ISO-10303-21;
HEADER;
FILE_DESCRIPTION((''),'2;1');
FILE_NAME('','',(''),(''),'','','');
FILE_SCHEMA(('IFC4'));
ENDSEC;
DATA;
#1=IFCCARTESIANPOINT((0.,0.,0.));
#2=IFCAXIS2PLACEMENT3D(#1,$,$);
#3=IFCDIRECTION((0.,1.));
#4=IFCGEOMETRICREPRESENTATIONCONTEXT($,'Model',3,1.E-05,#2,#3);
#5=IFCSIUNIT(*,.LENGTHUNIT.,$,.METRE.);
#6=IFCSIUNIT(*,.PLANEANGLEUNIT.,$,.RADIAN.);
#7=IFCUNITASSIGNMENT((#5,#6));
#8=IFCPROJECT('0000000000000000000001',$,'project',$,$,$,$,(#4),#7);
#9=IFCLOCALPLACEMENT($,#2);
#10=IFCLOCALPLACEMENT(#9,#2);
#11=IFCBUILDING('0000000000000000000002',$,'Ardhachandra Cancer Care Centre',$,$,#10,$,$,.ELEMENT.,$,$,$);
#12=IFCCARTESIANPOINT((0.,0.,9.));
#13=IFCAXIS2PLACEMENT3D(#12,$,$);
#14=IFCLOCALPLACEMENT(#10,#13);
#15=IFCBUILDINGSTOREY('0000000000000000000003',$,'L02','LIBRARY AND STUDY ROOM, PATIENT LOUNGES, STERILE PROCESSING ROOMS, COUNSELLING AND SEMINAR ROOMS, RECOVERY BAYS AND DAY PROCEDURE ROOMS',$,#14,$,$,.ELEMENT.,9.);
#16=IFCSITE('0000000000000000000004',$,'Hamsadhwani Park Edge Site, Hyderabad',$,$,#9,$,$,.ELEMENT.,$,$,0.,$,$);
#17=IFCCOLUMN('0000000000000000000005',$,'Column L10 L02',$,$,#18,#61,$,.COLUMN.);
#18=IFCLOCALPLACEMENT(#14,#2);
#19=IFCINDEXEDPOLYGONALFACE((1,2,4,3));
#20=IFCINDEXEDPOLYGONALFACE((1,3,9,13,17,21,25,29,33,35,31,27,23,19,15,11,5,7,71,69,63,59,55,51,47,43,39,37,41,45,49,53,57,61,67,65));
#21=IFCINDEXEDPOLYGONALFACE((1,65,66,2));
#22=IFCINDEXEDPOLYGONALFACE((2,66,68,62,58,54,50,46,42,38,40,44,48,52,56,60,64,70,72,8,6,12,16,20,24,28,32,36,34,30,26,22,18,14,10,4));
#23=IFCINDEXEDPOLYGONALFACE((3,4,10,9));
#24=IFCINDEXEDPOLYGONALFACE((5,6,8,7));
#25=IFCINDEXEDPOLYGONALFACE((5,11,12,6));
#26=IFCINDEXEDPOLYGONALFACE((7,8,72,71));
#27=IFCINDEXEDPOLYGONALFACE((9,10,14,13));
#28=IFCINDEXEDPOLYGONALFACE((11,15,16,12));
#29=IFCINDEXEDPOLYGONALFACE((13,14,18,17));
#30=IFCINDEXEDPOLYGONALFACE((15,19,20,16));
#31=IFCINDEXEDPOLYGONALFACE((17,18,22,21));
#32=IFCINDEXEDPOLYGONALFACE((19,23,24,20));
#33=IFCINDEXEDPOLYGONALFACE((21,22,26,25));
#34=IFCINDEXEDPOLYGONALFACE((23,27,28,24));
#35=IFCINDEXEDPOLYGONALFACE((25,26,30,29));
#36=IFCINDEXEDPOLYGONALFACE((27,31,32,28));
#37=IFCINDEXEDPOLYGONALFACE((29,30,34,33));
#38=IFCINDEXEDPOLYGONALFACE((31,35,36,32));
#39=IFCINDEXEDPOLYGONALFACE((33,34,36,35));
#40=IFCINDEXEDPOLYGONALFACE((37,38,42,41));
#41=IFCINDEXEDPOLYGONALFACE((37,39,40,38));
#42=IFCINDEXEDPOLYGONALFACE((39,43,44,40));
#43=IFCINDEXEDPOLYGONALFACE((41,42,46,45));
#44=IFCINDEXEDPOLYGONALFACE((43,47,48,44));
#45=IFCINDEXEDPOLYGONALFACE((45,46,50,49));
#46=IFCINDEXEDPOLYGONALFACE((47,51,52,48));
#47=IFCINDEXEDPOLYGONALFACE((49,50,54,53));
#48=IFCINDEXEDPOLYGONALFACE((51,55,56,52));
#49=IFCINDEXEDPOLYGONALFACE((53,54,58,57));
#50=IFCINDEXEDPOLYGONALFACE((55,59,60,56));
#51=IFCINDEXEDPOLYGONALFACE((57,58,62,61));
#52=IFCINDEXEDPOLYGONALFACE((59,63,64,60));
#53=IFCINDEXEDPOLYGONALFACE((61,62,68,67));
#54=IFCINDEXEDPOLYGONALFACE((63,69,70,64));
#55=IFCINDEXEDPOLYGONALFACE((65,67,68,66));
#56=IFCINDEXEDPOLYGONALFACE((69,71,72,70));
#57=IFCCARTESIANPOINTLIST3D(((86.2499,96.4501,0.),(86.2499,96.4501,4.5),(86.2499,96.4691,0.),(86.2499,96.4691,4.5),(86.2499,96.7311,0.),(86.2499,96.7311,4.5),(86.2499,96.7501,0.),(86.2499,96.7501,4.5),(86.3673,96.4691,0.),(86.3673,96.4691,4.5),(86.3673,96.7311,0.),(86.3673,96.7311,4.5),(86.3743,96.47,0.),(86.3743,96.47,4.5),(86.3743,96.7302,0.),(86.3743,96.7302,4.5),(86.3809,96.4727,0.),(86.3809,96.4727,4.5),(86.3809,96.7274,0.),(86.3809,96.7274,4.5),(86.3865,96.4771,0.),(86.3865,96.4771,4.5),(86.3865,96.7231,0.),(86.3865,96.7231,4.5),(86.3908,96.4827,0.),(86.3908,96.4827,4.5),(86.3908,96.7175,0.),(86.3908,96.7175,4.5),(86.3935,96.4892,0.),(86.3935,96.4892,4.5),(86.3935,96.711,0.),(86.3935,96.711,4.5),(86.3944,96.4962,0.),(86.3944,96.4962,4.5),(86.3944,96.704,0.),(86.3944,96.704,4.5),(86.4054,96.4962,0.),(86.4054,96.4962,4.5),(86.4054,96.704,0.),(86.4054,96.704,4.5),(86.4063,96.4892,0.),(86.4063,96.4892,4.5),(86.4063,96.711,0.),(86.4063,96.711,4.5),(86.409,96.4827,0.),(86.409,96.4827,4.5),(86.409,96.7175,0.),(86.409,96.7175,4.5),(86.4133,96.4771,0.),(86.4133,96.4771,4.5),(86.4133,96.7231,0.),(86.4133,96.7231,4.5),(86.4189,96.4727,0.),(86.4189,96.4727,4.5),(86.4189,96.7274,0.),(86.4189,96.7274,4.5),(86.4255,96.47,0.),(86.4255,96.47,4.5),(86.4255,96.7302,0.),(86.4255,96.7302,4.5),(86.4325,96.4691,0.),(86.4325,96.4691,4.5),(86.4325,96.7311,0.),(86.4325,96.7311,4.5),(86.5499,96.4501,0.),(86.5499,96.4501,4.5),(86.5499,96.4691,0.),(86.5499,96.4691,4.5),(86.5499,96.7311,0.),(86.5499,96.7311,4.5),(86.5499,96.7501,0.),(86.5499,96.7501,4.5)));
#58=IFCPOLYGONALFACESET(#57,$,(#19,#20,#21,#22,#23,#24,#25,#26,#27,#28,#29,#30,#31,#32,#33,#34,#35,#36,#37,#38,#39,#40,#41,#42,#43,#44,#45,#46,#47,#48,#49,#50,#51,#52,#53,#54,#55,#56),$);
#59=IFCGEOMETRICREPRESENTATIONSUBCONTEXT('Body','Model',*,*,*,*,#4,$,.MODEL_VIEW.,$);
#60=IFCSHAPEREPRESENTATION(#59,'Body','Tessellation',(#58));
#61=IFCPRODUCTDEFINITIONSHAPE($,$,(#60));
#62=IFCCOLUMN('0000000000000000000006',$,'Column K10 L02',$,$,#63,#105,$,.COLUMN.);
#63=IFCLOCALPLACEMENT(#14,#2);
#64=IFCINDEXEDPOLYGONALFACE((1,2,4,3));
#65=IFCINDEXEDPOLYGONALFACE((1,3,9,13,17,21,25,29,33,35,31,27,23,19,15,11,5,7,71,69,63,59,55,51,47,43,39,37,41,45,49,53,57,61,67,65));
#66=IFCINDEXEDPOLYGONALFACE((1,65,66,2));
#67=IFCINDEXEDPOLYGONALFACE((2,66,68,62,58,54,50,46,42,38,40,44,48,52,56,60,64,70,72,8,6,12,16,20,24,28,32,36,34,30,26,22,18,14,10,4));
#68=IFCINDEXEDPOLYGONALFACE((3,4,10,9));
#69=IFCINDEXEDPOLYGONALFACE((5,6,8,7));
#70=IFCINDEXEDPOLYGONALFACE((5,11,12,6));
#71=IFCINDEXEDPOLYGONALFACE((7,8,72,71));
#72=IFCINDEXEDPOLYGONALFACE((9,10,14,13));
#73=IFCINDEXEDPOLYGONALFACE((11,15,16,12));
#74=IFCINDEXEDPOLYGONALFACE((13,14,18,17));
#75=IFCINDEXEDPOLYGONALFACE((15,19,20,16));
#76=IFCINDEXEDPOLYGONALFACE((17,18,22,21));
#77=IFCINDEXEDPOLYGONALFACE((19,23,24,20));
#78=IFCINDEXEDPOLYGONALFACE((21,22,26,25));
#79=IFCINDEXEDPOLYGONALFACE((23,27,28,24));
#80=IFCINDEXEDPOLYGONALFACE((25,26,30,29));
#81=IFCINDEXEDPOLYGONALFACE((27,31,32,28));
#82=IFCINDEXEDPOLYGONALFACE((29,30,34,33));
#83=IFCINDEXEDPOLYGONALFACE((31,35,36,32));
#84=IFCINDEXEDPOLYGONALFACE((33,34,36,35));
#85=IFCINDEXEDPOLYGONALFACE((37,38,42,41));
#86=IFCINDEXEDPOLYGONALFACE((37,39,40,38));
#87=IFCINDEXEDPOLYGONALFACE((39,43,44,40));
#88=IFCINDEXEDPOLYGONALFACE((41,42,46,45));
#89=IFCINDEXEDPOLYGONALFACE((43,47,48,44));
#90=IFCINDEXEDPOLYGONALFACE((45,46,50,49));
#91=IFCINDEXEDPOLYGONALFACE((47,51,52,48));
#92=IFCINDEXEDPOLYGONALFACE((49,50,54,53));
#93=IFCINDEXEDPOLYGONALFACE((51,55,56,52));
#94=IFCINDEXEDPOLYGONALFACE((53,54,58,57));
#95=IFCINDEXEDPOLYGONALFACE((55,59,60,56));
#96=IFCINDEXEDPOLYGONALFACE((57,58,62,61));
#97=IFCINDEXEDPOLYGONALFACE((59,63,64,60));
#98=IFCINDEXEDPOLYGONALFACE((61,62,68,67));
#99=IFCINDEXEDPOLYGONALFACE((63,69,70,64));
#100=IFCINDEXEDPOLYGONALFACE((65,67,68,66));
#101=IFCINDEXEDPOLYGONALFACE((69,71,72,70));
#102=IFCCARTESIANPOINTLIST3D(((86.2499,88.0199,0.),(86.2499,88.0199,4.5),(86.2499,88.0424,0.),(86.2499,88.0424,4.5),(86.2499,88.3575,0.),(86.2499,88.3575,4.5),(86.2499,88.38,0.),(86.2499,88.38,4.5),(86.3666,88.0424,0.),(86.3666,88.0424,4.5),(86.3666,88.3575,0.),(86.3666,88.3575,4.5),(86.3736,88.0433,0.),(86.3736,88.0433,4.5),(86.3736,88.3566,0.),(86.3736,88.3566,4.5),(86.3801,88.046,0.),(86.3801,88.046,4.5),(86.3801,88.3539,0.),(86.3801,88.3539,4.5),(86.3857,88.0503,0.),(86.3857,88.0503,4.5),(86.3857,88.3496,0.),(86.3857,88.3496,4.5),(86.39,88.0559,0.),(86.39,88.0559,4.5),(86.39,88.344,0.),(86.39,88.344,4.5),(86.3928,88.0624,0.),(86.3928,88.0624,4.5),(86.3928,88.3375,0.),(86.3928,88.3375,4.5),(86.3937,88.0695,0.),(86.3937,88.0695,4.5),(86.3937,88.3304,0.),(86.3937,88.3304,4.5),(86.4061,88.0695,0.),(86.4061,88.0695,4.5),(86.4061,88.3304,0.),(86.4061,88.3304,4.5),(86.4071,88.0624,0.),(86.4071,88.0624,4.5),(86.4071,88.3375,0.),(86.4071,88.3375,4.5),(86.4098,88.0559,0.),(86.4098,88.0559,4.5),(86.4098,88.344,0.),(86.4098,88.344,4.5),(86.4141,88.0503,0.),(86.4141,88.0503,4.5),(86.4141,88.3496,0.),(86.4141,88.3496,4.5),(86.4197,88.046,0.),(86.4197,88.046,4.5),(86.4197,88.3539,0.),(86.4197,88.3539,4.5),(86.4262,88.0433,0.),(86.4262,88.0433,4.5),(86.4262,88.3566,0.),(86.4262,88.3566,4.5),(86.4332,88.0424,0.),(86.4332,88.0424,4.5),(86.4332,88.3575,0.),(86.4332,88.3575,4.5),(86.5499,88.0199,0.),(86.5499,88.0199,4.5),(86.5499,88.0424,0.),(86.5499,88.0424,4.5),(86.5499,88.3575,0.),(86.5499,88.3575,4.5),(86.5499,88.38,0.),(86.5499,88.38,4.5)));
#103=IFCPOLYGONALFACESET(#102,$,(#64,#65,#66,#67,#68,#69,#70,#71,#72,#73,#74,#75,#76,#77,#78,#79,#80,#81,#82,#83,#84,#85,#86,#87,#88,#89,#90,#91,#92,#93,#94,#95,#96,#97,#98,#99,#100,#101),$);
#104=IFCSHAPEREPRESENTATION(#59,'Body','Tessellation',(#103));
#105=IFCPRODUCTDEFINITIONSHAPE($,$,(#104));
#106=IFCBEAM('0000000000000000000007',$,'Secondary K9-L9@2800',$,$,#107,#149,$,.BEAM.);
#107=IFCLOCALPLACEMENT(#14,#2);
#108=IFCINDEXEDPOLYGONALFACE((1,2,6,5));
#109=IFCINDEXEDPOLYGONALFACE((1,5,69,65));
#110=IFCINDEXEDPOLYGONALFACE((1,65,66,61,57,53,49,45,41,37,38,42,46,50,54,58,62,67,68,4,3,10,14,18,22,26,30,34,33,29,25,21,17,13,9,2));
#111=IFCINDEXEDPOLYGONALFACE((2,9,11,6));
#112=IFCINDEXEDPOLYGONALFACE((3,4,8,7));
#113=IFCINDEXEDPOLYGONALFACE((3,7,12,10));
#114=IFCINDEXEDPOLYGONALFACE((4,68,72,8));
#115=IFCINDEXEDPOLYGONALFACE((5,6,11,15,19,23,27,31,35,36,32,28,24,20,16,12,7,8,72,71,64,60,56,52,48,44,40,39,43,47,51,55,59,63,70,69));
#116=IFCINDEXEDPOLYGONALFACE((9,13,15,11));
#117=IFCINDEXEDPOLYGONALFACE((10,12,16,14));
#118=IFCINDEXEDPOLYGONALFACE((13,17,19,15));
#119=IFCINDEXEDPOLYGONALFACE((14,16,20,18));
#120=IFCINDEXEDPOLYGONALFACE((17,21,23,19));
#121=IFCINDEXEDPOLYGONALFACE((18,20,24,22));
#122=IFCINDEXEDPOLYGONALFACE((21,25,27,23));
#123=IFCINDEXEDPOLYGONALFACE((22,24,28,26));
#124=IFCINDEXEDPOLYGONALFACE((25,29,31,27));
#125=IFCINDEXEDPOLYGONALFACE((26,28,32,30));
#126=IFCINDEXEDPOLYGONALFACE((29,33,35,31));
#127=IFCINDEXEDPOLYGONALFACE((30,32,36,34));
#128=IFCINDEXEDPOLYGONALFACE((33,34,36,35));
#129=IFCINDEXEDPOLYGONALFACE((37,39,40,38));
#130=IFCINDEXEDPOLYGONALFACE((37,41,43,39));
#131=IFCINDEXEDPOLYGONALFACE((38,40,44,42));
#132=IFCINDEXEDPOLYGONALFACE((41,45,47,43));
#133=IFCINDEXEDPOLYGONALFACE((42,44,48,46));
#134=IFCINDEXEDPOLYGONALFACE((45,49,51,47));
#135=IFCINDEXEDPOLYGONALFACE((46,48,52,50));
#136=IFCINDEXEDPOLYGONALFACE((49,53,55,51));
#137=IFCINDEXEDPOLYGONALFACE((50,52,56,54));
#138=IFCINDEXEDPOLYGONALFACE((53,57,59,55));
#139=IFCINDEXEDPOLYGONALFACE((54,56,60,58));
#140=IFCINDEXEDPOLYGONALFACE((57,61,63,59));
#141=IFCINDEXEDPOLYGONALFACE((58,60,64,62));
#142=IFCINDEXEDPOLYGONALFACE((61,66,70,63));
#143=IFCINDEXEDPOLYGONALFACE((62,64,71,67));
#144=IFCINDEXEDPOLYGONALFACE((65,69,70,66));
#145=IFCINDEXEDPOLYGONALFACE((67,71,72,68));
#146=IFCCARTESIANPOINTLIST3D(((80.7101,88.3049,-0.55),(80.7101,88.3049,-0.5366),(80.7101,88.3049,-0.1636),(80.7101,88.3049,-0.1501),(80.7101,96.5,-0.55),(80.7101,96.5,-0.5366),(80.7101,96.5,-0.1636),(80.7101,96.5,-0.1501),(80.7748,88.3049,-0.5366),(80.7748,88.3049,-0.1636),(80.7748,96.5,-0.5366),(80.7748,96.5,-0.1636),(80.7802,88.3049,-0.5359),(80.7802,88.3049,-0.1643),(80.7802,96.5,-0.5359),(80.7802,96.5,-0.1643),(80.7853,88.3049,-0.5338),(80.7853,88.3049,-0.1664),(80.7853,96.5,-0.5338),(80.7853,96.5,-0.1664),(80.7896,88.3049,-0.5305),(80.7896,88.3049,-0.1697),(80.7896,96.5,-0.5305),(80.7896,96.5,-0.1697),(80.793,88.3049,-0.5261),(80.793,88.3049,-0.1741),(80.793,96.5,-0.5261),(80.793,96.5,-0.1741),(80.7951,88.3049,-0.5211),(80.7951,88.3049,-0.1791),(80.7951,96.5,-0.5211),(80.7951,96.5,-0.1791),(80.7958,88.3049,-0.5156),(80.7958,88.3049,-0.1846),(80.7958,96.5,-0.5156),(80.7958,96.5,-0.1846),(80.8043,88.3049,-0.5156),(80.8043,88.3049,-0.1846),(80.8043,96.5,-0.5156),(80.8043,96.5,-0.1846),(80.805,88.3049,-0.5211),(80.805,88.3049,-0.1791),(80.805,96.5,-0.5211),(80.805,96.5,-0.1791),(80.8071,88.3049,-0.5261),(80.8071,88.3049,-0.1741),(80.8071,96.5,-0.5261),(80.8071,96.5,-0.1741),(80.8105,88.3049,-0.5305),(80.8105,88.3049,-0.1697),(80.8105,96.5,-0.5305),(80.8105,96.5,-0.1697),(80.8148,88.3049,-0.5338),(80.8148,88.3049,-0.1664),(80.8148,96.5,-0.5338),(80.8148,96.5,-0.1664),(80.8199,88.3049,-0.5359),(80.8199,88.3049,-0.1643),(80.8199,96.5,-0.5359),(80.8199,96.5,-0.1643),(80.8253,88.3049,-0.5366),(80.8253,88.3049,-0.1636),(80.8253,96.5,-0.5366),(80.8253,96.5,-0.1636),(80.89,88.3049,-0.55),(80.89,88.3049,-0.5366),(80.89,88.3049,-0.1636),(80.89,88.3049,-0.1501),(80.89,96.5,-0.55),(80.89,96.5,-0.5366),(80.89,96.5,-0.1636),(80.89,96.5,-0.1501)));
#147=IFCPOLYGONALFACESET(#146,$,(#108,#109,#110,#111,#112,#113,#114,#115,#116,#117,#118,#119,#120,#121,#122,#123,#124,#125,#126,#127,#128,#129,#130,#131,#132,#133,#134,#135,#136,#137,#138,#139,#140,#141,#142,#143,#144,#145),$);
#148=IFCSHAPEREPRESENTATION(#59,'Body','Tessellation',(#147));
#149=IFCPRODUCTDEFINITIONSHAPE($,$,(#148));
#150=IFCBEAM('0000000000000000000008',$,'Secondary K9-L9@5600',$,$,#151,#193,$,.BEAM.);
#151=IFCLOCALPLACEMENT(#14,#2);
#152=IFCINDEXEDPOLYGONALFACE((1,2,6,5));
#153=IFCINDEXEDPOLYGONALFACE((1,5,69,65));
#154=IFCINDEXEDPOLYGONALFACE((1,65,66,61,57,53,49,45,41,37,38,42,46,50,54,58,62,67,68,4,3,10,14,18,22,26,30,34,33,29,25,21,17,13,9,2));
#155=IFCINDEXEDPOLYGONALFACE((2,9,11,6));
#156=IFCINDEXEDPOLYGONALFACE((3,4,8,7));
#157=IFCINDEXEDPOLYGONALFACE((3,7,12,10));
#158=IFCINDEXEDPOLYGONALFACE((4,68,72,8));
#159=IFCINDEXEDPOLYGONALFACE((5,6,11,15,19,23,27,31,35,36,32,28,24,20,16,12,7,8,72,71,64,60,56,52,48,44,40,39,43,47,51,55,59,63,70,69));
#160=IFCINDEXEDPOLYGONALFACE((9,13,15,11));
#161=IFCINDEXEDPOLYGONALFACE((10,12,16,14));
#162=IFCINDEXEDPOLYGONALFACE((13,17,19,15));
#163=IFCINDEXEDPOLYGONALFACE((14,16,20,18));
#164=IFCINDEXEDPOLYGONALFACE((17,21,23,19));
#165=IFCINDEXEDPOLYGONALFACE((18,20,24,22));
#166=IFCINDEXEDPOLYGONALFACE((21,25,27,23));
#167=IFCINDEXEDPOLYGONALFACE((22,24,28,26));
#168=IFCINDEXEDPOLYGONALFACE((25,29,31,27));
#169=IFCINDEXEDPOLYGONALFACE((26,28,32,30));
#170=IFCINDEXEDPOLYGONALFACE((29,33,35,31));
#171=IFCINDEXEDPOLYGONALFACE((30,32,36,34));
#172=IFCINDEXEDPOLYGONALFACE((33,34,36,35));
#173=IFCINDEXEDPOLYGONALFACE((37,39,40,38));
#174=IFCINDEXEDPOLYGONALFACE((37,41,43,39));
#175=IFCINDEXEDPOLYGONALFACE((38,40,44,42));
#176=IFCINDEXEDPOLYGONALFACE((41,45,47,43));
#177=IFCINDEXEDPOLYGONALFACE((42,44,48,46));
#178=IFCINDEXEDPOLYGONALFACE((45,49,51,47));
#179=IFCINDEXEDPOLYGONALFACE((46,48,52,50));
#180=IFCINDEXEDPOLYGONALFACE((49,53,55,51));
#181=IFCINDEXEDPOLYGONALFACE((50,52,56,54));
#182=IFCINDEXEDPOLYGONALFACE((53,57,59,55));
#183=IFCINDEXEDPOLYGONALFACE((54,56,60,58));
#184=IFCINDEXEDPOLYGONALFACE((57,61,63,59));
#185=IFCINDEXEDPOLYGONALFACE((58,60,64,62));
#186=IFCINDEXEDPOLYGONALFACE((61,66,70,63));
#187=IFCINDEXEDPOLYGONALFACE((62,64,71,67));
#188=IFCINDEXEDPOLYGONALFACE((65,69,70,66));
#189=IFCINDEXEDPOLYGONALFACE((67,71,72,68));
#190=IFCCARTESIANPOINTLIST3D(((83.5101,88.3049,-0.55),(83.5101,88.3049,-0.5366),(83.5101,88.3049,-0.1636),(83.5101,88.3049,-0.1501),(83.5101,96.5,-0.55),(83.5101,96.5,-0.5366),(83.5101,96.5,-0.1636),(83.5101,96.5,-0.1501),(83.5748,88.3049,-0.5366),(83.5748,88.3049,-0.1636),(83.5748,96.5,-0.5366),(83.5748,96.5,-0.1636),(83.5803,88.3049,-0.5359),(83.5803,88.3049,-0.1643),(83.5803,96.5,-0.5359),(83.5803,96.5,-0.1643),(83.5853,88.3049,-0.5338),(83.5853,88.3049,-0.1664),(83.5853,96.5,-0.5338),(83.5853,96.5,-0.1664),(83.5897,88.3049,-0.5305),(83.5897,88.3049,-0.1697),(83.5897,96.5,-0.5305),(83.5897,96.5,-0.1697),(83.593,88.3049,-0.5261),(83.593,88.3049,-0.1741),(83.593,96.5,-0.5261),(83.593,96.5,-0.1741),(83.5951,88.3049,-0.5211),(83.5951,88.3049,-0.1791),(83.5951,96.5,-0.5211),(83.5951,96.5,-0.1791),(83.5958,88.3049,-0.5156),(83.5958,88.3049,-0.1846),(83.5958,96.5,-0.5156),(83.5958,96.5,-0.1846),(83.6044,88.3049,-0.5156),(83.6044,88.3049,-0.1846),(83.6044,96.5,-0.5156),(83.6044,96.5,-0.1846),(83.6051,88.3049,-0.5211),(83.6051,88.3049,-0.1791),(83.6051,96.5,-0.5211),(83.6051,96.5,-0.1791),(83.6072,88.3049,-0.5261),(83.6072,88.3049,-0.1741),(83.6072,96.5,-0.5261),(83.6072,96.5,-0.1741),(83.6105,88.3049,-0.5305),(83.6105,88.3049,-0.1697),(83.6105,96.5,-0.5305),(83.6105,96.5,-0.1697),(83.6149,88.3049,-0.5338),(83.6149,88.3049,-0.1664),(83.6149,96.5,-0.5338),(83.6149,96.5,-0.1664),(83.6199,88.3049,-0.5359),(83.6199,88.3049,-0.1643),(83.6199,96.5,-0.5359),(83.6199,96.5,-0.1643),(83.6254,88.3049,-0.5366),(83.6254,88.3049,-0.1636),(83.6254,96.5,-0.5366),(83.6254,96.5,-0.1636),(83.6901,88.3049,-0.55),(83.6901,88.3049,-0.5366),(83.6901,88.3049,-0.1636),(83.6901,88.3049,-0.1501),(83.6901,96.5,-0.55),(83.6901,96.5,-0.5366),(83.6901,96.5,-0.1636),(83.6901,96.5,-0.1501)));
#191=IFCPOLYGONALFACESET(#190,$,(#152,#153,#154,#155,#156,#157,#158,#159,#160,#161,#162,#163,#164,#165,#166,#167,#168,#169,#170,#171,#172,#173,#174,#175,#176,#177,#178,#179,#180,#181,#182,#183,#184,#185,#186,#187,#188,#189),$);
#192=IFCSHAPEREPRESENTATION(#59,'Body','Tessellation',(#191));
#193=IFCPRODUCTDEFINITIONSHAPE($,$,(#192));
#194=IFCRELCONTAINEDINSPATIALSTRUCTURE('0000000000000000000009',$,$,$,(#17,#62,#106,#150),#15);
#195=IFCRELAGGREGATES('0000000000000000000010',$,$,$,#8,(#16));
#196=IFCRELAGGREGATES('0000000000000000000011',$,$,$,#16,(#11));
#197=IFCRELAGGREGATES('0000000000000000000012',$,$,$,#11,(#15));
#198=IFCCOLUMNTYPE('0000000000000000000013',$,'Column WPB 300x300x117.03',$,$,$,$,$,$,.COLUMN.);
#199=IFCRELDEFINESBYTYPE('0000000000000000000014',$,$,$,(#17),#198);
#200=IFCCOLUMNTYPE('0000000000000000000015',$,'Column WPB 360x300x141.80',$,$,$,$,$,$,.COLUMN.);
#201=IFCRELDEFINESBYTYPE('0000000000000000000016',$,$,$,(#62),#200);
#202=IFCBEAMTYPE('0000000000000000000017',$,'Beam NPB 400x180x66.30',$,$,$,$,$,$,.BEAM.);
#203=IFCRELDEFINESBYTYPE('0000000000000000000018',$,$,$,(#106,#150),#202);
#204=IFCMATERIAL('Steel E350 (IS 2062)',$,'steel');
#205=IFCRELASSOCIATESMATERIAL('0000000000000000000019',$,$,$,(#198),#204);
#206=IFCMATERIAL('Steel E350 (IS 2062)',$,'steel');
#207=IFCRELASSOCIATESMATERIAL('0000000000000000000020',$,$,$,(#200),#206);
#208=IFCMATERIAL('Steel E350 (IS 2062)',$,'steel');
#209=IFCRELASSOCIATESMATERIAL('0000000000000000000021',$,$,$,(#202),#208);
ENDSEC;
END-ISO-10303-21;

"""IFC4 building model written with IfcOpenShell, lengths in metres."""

from ifc_helpers import new_model, si_unit, direction, frame, origin, origin_2d, place, context, subcontext, project, spatial, i_section, extrude, material, material_profile, profile_set, type_object, element, save


model = new_model("IFC4")

# Units and contexts
model_context = context("Model", 3, precision=1e-05, world=origin(), true_north=direction((0.0, 1.0)))
body_context = subcontext(model_context, "Body", "Model", "MODEL_VIEW")
ifc_project = project(units=[si_unit("LENGTHUNIT", "METRE"), si_unit("PLANEANGLEUNIT", "RADIAN")], contexts=[model_context])

# Site, building, storey
site_placement = place(None, origin())
site = spatial("IfcSite", under=ifc_project, at=site_placement, Name="Hamsadhwani Park Edge Site, Hyderabad", CompositionType="ELEMENT", RefElevation=0.0)
building_placement = place(site_placement, origin())
building = spatial("IfcBuilding", under=site, at=building_placement, Name="Ardhachandra Cancer Care Centre", CompositionType="ELEMENT")
storey_placement = place(building_placement, frame((0.0, 0.0, 9.0)))
storey = spatial("IfcBuildingStorey", under=building, at=storey_placement, Name="L02", Description="LIBRARY AND STUDY ROOM, PATIENT LOUNGES, STERILE PROCESSING ROOMS, COUNSELLING AND SEMINAR ROOMS, RECOVERY BAYS AND DAY PROCEDURE ROOMS", CompositionType="ELEMENT", Elevation=9.0)

# Columns
ifc_material_1 = material(Name="Steel E350 (IS 2062)", Category="steel")
ifc_material_profile_1 = material_profile(ifc_material_1, i_section(OverallWidth=0.3, OverallDepth=0.3, WebThickness=0.011, FlangeThickness=0.019, FilletRadius=0.0271, at=origin_2d()), Name="WPB 300x300x117.03")
ifc_profile_set_1 = profile_set([ifc_material_profile_1], Name="Steel E350 (IS 2062)")
column_type_1 = type_object("IfcColumnType", Name="Column WPB 300x300x117.03", PredefinedType="COLUMN", material=ifc_profile_set_1)
column_1_placement = place(storey_placement, frame((86.3999, 96.6001, 0.0), z_axis=(0.0, 0.0, 1.0), x_axis=(1.0, 0.0, 0.0)))
element("IfcColumn", 1, at=column_1_placement, inside=storey, type_object=column_type_1, Name="Column L10 L02", PredefinedType="COLUMN", context=body_context, shape_type="SweptSolid", body=[
    extrude(i_section(OverallWidth=0.3, OverallDepth=0.3, WebThickness=0.011, FlangeThickness=0.019, FilletRadius=0.0271, at=origin_2d()), origin(), (0.0, 0.0, 1.0), 4.5),
])
ifc_material_2 = material(Name="Steel E350 (IS 2062)", Category="steel")
ifc_material_profile_2 = material_profile(ifc_material_2, i_section(OverallWidth=0.3, OverallDepth=0.3601, WebThickness=0.0125, FlangeThickness=0.0225, FilletRadius=0.0271, at=origin_2d()), Name="WPB 360x300x141.80")
ifc_profile_set_2 = profile_set([ifc_material_profile_2], Name="Steel E350 (IS 2062)")
column_type_2 = type_object("IfcColumnType", Name="Column WPB 360x300x141.80", PredefinedType="COLUMN", material=ifc_profile_set_2)
column_2_placement = place(storey_placement, frame((86.3999, 88.2, 0.0), z_axis=(0.0, 0.0, 1.0), x_axis=(1.0, 0.0, 0.0)))
element("IfcColumn", 2, at=column_2_placement, inside=storey, type_object=column_type_2, Name="Column K10 L02", PredefinedType="COLUMN", context=body_context, shape_type="SweptSolid", body=[
    extrude(i_section(OverallWidth=0.3, OverallDepth=0.3601, WebThickness=0.0125, FlangeThickness=0.0225, FilletRadius=0.0271, at=origin_2d()), origin(), (0.0, 0.0, 1.0), 4.5),
])

# Beams
ifc_material_3 = material(Name="Steel E350 (IS 2062)", Category="steel")
ifc_material_profile_3 = material_profile(ifc_material_3, i_section(OverallWidth=0.1799, OverallDepth=0.3999, WebThickness=0.0085, FlangeThickness=0.0134, FilletRadius=0.021, at=origin_2d()), Name="NPB 400x180x66.30")
ifc_profile_set_3 = profile_set([ifc_material_profile_3], Name="Steel E350 (IS 2062)")
beam_type_1 = type_object("IfcBeamType", Name="Beam NPB 400x180x66.30", PredefinedType="BEAM", material=ifc_profile_set_3)
for number, where, z_axis, x_axis, name in (
    (3, (80.8, 88.3049, -0.3501), (0.0, 1.0, 0.0), (-1.0, 0.0, 0.0), "Secondary K9-L9@2800"),
    (4, (83.6001, 88.3049, -0.3501), (0.0, 1.0, 0.0), (-1.0, 0.0, 0.0), "Secondary K9-L9@5600"),
):
    element("IfcBeam", number, at=place(storey_placement, frame(where, z_axis=z_axis, x_axis=x_axis)), inside=storey, type_object=beam_type_1, Name=name, PredefinedType="BEAM", context=body_context, shape_type="SweptSolid", body=[
        extrude(i_section(OverallWidth=0.1799, OverallDepth=0.3999, WebThickness=0.0085, FlangeThickness=0.0134, FilletRadius=0.021, at=origin_2d()), origin(), (0.0, 0.0, 1.0), 8.1951),
    ])

save(model, "model.ifc")
